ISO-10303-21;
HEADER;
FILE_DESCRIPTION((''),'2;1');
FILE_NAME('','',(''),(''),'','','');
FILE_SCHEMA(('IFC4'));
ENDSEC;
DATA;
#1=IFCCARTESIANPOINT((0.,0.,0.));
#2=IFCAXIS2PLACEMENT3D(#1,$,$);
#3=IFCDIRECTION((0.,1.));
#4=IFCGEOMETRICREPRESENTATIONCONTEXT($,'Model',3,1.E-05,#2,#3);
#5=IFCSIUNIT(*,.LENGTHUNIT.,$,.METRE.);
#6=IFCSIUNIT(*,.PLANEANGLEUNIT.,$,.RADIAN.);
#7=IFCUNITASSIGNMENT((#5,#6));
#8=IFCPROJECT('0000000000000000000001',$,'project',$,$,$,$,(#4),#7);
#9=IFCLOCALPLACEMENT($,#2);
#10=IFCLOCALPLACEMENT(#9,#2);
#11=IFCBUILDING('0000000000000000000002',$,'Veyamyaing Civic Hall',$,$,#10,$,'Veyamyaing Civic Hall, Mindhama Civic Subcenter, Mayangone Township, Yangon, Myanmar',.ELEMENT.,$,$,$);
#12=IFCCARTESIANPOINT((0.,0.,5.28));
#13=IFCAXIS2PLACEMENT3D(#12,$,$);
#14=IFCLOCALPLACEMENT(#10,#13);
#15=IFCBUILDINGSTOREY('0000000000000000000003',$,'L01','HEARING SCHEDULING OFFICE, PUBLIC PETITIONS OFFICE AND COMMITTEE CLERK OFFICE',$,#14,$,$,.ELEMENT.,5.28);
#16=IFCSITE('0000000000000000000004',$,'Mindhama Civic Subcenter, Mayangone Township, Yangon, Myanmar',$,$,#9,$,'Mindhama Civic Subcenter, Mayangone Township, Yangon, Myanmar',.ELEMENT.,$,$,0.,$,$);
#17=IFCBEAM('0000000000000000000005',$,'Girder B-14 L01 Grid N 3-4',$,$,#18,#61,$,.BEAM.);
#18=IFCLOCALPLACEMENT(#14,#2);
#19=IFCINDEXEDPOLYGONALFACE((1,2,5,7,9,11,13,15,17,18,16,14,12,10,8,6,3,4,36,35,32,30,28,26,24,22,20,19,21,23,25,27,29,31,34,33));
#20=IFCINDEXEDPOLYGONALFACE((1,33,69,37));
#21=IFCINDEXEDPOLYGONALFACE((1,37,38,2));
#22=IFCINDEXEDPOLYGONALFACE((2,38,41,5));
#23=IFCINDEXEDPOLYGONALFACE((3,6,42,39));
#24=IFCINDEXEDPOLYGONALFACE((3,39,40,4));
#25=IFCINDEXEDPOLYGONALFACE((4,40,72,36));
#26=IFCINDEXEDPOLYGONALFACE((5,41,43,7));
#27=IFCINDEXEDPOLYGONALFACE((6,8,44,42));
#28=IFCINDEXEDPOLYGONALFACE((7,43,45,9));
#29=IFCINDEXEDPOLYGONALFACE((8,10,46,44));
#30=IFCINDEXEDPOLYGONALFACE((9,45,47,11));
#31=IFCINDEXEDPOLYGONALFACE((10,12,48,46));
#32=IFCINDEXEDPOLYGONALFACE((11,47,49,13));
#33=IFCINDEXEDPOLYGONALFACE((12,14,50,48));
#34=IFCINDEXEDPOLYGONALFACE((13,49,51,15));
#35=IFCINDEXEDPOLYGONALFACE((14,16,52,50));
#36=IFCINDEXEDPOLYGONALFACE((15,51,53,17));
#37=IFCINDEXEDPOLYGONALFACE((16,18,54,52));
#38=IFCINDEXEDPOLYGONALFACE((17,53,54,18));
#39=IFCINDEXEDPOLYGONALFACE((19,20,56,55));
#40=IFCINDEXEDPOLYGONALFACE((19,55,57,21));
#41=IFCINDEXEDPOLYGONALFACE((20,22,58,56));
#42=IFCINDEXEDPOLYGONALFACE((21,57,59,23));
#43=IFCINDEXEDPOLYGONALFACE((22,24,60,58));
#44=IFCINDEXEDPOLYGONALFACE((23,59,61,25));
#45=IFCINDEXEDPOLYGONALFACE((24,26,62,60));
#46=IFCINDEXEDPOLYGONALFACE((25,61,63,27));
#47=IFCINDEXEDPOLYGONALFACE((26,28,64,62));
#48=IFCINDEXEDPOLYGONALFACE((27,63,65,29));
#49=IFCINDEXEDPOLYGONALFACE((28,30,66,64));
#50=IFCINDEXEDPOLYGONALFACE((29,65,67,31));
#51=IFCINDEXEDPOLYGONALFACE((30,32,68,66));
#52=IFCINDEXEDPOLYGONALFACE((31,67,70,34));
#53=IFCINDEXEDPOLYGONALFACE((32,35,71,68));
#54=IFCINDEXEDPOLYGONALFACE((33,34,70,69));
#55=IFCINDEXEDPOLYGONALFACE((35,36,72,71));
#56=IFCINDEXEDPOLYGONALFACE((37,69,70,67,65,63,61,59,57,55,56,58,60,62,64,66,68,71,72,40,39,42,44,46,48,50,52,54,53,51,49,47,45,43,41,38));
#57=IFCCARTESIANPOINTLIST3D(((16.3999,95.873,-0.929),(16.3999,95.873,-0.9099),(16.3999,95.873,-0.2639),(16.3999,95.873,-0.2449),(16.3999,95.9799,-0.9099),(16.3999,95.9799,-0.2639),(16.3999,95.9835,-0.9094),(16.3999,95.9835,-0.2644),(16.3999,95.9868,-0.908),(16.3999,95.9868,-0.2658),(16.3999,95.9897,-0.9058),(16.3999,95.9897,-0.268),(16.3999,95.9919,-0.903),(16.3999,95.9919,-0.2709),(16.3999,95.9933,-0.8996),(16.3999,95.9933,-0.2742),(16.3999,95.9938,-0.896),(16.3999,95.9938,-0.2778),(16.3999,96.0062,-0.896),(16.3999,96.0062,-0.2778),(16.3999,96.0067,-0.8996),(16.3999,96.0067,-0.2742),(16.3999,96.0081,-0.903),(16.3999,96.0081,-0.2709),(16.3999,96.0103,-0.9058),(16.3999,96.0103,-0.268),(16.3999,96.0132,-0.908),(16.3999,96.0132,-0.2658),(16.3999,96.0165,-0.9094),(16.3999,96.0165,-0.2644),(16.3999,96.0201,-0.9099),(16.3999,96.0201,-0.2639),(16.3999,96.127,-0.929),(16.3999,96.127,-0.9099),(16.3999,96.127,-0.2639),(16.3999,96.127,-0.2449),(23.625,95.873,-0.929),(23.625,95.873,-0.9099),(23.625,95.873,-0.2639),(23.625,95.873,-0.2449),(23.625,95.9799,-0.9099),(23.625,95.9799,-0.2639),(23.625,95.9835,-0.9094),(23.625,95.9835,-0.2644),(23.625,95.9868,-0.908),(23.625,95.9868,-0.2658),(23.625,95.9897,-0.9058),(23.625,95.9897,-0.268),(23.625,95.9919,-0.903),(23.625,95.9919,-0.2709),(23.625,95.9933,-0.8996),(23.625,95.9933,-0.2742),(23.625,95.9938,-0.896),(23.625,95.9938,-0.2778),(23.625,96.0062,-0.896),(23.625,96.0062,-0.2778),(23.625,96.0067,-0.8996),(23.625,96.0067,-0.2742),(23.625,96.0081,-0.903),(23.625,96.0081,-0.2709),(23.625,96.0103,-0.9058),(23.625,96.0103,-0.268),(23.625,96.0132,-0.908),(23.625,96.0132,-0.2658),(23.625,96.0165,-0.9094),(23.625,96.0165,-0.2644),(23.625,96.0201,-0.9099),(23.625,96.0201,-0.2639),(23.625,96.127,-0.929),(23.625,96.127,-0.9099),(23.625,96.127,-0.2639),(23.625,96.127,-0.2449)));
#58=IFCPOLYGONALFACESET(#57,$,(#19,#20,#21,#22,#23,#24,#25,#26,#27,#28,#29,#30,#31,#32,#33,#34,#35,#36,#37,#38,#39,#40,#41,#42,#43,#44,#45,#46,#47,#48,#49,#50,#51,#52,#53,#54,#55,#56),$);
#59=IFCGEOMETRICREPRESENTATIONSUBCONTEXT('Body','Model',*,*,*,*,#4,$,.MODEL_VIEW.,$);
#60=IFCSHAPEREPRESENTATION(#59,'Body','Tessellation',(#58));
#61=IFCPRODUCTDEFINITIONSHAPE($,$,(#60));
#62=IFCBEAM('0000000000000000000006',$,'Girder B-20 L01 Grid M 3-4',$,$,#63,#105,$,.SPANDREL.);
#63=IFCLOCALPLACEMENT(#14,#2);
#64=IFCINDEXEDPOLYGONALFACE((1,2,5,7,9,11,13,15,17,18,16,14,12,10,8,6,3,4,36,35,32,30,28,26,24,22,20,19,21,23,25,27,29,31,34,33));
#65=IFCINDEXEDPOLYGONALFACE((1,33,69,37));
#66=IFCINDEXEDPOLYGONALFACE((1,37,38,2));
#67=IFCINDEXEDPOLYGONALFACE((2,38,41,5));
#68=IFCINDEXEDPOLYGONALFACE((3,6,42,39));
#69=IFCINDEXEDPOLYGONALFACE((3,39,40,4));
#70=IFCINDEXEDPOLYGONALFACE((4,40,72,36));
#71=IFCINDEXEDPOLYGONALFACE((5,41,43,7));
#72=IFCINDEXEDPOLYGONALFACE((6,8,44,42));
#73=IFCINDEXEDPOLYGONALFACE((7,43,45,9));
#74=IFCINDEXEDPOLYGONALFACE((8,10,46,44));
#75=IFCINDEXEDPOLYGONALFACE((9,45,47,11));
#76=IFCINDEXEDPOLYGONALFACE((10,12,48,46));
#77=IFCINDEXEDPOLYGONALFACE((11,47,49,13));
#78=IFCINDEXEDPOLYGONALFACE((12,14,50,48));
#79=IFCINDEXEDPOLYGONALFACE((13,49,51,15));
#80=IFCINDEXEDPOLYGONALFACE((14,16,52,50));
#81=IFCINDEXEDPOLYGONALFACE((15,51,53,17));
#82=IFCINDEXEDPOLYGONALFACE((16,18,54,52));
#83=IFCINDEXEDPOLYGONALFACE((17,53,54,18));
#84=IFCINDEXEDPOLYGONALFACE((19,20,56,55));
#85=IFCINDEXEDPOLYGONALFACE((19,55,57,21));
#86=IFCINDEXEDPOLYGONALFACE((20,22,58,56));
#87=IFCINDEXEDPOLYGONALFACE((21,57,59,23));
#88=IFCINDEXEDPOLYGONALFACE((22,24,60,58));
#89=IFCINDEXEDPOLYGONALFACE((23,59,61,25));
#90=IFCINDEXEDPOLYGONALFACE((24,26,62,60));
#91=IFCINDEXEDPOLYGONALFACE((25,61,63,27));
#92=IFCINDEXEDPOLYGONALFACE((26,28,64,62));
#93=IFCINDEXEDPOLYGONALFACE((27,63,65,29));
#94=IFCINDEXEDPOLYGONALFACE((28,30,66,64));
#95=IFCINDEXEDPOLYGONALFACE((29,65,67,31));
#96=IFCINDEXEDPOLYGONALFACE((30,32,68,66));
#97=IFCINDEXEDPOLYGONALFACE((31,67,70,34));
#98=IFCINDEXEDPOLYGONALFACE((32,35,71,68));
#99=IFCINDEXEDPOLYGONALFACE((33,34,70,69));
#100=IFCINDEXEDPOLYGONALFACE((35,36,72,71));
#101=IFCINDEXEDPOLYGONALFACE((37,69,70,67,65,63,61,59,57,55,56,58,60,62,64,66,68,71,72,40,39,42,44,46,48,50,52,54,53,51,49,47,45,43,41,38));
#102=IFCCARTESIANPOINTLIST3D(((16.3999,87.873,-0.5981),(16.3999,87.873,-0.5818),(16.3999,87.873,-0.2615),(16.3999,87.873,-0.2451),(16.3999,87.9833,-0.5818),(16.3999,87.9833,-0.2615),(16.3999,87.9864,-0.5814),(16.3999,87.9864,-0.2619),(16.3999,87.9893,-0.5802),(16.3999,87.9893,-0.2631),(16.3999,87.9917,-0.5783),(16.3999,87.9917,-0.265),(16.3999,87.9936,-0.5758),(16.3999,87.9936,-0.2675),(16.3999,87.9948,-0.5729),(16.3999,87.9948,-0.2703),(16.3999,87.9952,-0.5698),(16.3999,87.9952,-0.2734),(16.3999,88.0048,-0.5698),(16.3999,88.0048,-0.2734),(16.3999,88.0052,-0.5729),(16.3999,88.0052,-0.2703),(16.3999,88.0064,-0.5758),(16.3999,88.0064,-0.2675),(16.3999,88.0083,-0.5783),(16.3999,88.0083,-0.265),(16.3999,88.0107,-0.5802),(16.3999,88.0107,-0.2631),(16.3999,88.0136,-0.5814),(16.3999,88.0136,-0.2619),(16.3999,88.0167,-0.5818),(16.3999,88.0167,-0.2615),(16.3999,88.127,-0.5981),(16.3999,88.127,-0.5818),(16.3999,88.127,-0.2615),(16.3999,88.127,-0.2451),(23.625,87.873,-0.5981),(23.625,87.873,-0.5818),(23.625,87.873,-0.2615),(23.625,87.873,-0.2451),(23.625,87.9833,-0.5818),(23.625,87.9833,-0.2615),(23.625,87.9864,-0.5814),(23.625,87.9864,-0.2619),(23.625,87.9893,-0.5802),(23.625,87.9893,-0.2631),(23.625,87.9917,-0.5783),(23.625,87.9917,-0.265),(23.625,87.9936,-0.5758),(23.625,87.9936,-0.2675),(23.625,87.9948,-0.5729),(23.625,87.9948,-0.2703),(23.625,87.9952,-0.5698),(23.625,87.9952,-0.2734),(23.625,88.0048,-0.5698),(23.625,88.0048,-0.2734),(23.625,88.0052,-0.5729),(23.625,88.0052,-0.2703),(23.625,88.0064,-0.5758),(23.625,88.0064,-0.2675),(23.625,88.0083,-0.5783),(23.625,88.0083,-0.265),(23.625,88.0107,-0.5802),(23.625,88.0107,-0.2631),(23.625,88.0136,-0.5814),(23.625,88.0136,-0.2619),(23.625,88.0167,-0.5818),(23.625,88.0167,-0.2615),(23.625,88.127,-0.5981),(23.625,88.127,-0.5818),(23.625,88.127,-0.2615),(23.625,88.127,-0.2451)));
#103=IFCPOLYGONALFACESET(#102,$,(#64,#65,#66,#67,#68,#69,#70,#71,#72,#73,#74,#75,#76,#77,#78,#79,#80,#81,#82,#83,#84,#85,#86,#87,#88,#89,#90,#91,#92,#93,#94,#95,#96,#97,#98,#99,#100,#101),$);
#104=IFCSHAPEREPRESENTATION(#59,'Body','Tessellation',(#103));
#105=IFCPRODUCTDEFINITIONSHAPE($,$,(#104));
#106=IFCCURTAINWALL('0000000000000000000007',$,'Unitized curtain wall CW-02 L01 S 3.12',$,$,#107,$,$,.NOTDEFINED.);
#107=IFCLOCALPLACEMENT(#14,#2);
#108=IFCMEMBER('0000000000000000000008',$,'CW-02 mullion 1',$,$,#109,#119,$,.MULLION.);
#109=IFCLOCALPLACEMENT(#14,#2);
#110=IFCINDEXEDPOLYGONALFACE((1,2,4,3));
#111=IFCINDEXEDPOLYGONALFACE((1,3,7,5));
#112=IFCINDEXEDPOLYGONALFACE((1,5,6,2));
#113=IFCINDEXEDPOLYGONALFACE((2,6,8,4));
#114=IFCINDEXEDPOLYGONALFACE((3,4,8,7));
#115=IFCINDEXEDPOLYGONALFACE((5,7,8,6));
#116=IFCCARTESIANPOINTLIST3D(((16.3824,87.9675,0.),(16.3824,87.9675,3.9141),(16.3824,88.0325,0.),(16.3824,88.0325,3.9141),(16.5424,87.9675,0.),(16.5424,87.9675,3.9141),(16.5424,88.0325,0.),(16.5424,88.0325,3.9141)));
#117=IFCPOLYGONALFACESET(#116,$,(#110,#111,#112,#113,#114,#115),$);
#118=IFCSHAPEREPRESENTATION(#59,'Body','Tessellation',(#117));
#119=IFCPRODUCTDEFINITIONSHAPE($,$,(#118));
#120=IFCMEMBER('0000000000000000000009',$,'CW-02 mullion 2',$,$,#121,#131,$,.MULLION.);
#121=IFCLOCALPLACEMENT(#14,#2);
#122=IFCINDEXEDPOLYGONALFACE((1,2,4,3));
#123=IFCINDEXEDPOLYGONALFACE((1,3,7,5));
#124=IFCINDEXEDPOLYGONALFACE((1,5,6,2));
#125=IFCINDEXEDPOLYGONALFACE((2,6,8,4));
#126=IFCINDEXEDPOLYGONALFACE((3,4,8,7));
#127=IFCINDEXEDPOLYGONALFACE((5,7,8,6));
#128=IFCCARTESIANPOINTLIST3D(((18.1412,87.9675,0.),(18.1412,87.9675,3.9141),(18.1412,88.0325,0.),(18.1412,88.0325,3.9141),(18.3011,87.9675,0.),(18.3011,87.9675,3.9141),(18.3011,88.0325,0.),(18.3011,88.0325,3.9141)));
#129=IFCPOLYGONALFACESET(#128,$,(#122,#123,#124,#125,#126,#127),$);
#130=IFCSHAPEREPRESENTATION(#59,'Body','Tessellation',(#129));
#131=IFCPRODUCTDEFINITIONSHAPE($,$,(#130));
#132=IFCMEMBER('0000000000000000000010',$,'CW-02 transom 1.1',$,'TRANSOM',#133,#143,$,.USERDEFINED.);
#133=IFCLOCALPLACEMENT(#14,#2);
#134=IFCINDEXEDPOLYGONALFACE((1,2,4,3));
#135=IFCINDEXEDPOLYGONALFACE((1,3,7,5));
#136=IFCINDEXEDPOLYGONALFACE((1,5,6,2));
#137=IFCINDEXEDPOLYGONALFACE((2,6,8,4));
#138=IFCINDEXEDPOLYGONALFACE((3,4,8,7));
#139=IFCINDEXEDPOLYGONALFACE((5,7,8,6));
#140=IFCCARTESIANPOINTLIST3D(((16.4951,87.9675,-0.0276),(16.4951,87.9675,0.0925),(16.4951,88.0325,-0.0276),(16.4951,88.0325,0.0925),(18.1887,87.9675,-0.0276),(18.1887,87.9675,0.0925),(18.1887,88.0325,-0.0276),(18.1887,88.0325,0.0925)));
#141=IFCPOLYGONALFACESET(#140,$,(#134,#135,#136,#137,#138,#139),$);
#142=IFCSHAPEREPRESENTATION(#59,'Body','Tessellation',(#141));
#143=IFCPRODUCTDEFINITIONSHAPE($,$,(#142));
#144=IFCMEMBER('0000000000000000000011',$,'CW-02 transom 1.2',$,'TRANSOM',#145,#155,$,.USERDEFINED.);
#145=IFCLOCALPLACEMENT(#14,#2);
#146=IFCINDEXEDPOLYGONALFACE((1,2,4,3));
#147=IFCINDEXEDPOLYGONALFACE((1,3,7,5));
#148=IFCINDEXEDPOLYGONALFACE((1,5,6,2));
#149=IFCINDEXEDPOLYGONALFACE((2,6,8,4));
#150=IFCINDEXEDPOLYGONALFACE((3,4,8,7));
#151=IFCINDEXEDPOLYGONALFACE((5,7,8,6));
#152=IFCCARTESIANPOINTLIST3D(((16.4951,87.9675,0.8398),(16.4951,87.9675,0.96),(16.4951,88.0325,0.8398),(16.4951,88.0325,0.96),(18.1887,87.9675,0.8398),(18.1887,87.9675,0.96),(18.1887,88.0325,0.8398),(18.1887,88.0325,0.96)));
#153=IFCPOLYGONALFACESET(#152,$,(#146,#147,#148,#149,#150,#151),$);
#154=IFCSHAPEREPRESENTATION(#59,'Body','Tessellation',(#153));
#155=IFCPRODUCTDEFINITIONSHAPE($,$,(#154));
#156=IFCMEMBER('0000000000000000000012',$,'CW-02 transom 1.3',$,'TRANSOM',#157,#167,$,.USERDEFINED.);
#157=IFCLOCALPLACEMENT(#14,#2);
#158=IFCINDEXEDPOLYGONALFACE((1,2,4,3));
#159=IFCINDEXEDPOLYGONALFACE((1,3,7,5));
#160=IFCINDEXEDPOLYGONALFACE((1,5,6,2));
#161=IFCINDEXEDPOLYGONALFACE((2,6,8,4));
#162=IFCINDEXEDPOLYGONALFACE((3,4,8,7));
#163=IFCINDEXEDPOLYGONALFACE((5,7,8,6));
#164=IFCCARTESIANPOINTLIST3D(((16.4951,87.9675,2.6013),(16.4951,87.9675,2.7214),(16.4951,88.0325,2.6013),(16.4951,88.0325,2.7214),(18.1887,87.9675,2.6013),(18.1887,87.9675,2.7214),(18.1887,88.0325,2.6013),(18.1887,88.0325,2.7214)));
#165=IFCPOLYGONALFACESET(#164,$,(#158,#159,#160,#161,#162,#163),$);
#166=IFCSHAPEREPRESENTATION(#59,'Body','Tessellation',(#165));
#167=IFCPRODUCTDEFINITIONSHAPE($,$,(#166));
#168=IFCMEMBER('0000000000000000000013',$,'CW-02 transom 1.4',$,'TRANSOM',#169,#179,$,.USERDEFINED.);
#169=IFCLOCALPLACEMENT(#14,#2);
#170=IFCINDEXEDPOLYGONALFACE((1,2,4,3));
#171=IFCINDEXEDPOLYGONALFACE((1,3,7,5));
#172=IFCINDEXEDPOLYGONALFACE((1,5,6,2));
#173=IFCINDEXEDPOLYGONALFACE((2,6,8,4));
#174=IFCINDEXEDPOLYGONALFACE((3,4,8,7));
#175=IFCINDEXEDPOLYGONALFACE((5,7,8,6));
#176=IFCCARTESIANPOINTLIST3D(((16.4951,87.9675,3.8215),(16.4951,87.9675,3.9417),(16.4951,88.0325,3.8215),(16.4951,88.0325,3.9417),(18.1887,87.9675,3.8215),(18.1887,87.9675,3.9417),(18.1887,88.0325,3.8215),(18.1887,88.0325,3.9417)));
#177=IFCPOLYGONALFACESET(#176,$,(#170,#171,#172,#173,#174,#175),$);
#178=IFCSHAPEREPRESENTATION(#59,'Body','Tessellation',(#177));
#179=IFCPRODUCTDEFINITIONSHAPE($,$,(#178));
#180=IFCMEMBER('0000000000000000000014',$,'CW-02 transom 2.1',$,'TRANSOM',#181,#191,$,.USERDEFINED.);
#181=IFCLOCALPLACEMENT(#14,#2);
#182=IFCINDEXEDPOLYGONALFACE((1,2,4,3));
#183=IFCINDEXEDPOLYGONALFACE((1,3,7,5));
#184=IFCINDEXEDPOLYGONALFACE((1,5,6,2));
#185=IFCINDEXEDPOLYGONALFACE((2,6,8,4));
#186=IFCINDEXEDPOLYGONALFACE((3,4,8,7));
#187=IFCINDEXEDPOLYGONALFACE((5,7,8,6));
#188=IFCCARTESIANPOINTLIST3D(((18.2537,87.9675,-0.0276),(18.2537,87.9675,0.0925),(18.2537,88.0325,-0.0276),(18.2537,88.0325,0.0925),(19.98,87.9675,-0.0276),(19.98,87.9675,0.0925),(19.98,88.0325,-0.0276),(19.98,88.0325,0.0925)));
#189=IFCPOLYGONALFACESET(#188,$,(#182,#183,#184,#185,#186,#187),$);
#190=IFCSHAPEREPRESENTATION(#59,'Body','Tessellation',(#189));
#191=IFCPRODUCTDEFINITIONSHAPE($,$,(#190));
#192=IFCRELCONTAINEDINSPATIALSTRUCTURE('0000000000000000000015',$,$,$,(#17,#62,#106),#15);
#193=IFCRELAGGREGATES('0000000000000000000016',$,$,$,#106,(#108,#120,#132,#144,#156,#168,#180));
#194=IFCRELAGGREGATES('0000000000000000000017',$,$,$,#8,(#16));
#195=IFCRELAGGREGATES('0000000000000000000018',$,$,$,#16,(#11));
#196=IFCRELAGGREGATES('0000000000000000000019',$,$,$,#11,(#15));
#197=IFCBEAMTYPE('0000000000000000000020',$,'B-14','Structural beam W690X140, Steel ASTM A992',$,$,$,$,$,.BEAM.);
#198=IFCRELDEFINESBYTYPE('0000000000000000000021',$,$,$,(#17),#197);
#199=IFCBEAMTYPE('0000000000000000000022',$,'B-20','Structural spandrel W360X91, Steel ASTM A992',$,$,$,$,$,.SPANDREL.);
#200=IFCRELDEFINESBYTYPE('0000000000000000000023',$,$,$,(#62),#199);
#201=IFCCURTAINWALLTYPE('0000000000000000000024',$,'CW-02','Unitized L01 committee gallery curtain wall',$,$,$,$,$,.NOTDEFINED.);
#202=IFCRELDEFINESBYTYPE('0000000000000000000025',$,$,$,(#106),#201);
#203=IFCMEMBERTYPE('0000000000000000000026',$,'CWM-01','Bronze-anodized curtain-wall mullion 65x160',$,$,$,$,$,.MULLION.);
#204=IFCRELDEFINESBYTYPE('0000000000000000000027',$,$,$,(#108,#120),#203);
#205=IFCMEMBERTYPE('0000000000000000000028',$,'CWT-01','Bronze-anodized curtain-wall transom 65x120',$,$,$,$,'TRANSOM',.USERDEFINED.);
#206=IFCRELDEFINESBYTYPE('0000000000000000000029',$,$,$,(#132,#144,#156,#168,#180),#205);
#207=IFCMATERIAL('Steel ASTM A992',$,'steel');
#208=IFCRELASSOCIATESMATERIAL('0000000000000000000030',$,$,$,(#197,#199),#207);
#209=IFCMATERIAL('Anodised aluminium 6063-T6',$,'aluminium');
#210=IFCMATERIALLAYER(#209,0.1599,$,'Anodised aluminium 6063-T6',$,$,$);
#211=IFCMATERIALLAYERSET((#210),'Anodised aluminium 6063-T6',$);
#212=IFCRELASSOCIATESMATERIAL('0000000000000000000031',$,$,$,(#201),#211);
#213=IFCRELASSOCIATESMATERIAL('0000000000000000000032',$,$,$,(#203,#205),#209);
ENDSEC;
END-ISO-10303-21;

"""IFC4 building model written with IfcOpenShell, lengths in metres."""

from ifc_helpers import new_model, si_unit, direction, frame, origin, origin_2d, place, context, subcontext, project, spatial, rectangle, i_section, extrude, material, layer, layer_set, material_profile, profile_set, type_object, element, aggregate, save


model = new_model("IFC4")

# Units and contexts
model_context = context("Model", 3, precision=1e-05, world=origin(), true_north=direction((0.0, 1.0)))
body_context = subcontext(model_context, "Body", "Model", "MODEL_VIEW")
ifc_project = project(units=[si_unit("LENGTHUNIT", "METRE"), si_unit("PLANEANGLEUNIT", "RADIAN")], contexts=[model_context])

# Site, building, storey
site_placement = place(None, origin())
site = spatial("IfcSite", under=ifc_project, at=site_placement, Name="Mindhama Civic Subcenter, Mayangone Township, Yangon, Myanmar", LongName="Mindhama Civic Subcenter, Mayangone Township, Yangon, Myanmar", CompositionType="ELEMENT", RefElevation=0.0)
building_placement = place(site_placement, origin())
building = spatial("IfcBuilding", under=site, at=building_placement, Name="Veyamyaing Civic Hall", LongName="Veyamyaing Civic Hall, Mindhama Civic Subcenter, Mayangone Township, Yangon, Myanmar", CompositionType="ELEMENT")
storey_placement = place(building_placement, frame((0.0, 0.0, 5.28)))
storey = spatial("IfcBuildingStorey", under=building, at=storey_placement, Name="L01", Description="HEARING SCHEDULING OFFICE, PUBLIC PETITIONS OFFICE AND COMMITTEE CLERK OFFICE", CompositionType="ELEMENT", Elevation=5.28)

# Beams
ifc_material_1 = material(Name="Steel ASTM A992", Category="steel")
ifc_material_profile_1 = material_profile(ifc_material_1, i_section(OverallWidth=0.2539, OverallDepth=0.6841, WebThickness=0.0125, FlangeThickness=0.019, FilletRadius=0.0139, at=origin_2d()), Name="W690X140")
ifc_profile_set_1 = profile_set([ifc_material_profile_1], Name="Steel ASTM A992")
beam_type_1 = type_object("IfcBeamType", Name="B-14", Description="Structural beam W690X140, Steel ASTM A992", PredefinedType="BEAM", material=ifc_profile_set_1)
beam_1_placement = place(storey_placement, frame((16.3999, 96.0, -0.5869), z_axis=(1.0, 0.0, 0.0), x_axis=(0.0, 1.0, 0.0)))
element("IfcBeam", 1, at=beam_1_placement, inside=storey, type_object=beam_type_1, Name="Girder B-14 L01 Grid N 3-4", PredefinedType="BEAM", context=body_context, shape_type="SweptSolid", body=[
    extrude(i_section(OverallWidth=0.2539, OverallDepth=0.6841, WebThickness=0.0125, FlangeThickness=0.019, FilletRadius=0.0139, at=origin_2d()), origin(), (0.0, 0.0, 1.0), 7.2251),
])
ifc_material_profile_2 = material_profile(ifc_material_1, i_section(OverallWidth=0.2539, OverallDepth=0.353, WebThickness=0.0095, FlangeThickness=0.0164, FilletRadius=0.012, at=origin_2d()), Name="W360X91")
ifc_profile_set_2 = profile_set([ifc_material_profile_2], Name="Steel ASTM A992")
beam_type_2 = type_object("IfcBeamType", Name="B-20", Description="Structural spandrel W360X91, Steel ASTM A992", PredefinedType="SPANDREL", material=ifc_profile_set_2)
beam_2_placement = place(storey_placement, frame((16.3999, 88.0, -0.4216), z_axis=(1.0, 0.0, 0.0), x_axis=(0.0, 1.0, 0.0)))
element("IfcBeam", 2, at=beam_2_placement, inside=storey, type_object=beam_type_2, Name="Girder B-20 L01 Grid M 3-4", PredefinedType="SPANDREL", context=body_context, shape_type="SweptSolid", body=[
    extrude(i_section(OverallWidth=0.2539, OverallDepth=0.353, WebThickness=0.0095, FlangeThickness=0.0164, FilletRadius=0.012, at=origin_2d()), origin(), (0.0, 0.0, 1.0), 7.2251),
])

# Curtain wall, members
ifc_material_2 = material(Name="Anodised aluminium 6063-T6", Category="aluminium")
ifc_layer_1 = layer(ifc_material_2, 0.1599, Name="Anodised aluminium 6063-T6")
ifc_layer_set_1 = layer_set([ifc_layer_1], Name="Anodised aluminium 6063-T6")
curtain_wall_type = type_object("IfcCurtainWallType", Name="CW-02", Description="Unitized L01 committee gallery curtain wall", PredefinedType="NOTDEFINED", material=ifc_layer_set_1)
curtain_wall_placement = place(storey_placement, origin())
curtain_wall = element("IfcCurtainWall", 3, at=curtain_wall_placement, inside=storey, type_object=curtain_wall_type, Name="Unitized curtain wall CW-02 L01 S 3.12", PredefinedType="NOTDEFINED")
ifc_material_profile_3 = material_profile(ifc_material_2, rectangle(XDim=0.0649, YDim=0.1599, at=origin_2d()), Name="ALU-MUL-65X160")
ifc_profile_set_3 = profile_set([ifc_material_profile_3], Name="Anodised aluminium 6063-T6")
member_type_1 = type_object("IfcMemberType", Name="CWM-01", Description="Bronze-anodized curtain-wall mullion 65x160", PredefinedType="MULLION", material=ifc_profile_set_3)
member_1_placement = place(storey_placement, frame((16.4624, 88.0, 0.0), z_axis=(0.0, 0.0, 1.0), x_axis=(0.0, 1.0, 0.0)))
member_1 = element("IfcMember", 4, at=member_1_placement, type_object=member_type_1, Name="CW-02 mullion 1", PredefinedType="MULLION", context=body_context, shape_type="SweptSolid", body=[
    extrude(rectangle(XDim=0.0649, YDim=0.1599, at=origin_2d()), origin(), (0.0, 0.0, 1.0), 3.9141),
])
member_2_placement = place(storey_placement, frame((18.2212, 88.0, 0.0), z_axis=(0.0, 0.0, 1.0), x_axis=(0.0, 1.0, 0.0)))
member_2 = element("IfcMember", 5, at=member_2_placement, type_object=member_type_1, Name="CW-02 mullion 2", PredefinedType="MULLION", context=body_context, shape_type="SweptSolid", body=[
    extrude(rectangle(XDim=0.0649, YDim=0.1599, at=origin_2d()), origin(), (0.0, 0.0, 1.0), 3.9141),
])
ifc_material_profile_4 = material_profile(ifc_material_2, rectangle(XDim=0.0649, YDim=0.1201, at=origin_2d()), Name="ALU-TRN-65X120")
ifc_profile_set_4 = profile_set([ifc_material_profile_4], Name="Anodised aluminium 6063-T6")
member_type_2 = type_object("IfcMemberType", Name="CWT-01", Description="Bronze-anodized curtain-wall transom 65x120", ElementType="TRANSOM", PredefinedType="USERDEFINED", material=ifc_profile_set_4)
member_3_placement = place(storey_placement, frame((16.4951, 88.0, 0.0325), z_axis=(1.0, 0.0, 0.0), x_axis=(0.0, 1.0, 0.0)))
member_3 = element("IfcMember", 6, at=member_3_placement, type_object=member_type_2, Name="CW-02 transom 1.1", ObjectType="TRANSOM", PredefinedType="USERDEFINED", context=body_context, shape_type="SweptSolid", body=[
    extrude(rectangle(XDim=0.0649, YDim=0.1201, at=origin_2d()), origin(), (0.0, 0.0, 1.0), 1.6936),
])
member_4_placement = place(storey_placement, frame((16.4951, 88.0, 0.8999), z_axis=(1.0, 0.0, 0.0), x_axis=(0.0, 1.0, 0.0)))
member_4 = element("IfcMember", 7, at=member_4_placement, type_object=member_type_2, Name="CW-02 transom 1.2", ObjectType="TRANSOM", PredefinedType="USERDEFINED", context=body_context, shape_type="SweptSolid", body=[
    extrude(rectangle(XDim=0.0649, YDim=0.1201, at=origin_2d()), origin(), (0.0, 0.0, 1.0), 1.6936),
])
member_5_placement = place(storey_placement, frame((16.4951, 88.0, 2.6614), z_axis=(1.0, 0.0, 0.0), x_axis=(0.0, 1.0, 0.0)))
member_5 = element("IfcMember", 8, at=member_5_placement, type_object=member_type_2, Name="CW-02 transom 1.3", ObjectType="TRANSOM", PredefinedType="USERDEFINED", context=body_context, shape_type="SweptSolid", body=[
    extrude(rectangle(XDim=0.0649, YDim=0.1201, at=origin_2d()), origin(), (0.0, 0.0, 1.0), 1.6936),
])
member_6_placement = place(storey_placement, frame((16.4951, 88.0, 3.8816), z_axis=(1.0, 0.0, 0.0), x_axis=(0.0, 1.0, 0.0)))
member_6 = element("IfcMember", 9, at=member_6_placement, type_object=member_type_2, Name="CW-02 transom 1.4", ObjectType="TRANSOM", PredefinedType="USERDEFINED", context=body_context, shape_type="SweptSolid", body=[
    extrude(rectangle(XDim=0.0649, YDim=0.1201, at=origin_2d()), origin(), (0.0, 0.0, 1.0), 1.6936),
])
member_7_placement = place(storey_placement, frame((18.2537, 88.0, 0.0325), z_axis=(1.0, 0.0, 0.0), x_axis=(0.0, 1.0, 0.0)))
member_7 = element("IfcMember", 10, at=member_7_placement, type_object=member_type_2, Name="CW-02 transom 2.1", ObjectType="TRANSOM", PredefinedType="USERDEFINED", context=body_context, shape_type="SweptSolid", body=[
    extrude(rectangle(XDim=0.0649, YDim=0.1201, at=origin_2d()), origin(), (0.0, 0.0, 1.0), 1.7263),
])

aggregate(curtain_wall, [member_1, member_2, member_3, member_4, member_5, member_6, member_7])

save(model, "model.ifc")
